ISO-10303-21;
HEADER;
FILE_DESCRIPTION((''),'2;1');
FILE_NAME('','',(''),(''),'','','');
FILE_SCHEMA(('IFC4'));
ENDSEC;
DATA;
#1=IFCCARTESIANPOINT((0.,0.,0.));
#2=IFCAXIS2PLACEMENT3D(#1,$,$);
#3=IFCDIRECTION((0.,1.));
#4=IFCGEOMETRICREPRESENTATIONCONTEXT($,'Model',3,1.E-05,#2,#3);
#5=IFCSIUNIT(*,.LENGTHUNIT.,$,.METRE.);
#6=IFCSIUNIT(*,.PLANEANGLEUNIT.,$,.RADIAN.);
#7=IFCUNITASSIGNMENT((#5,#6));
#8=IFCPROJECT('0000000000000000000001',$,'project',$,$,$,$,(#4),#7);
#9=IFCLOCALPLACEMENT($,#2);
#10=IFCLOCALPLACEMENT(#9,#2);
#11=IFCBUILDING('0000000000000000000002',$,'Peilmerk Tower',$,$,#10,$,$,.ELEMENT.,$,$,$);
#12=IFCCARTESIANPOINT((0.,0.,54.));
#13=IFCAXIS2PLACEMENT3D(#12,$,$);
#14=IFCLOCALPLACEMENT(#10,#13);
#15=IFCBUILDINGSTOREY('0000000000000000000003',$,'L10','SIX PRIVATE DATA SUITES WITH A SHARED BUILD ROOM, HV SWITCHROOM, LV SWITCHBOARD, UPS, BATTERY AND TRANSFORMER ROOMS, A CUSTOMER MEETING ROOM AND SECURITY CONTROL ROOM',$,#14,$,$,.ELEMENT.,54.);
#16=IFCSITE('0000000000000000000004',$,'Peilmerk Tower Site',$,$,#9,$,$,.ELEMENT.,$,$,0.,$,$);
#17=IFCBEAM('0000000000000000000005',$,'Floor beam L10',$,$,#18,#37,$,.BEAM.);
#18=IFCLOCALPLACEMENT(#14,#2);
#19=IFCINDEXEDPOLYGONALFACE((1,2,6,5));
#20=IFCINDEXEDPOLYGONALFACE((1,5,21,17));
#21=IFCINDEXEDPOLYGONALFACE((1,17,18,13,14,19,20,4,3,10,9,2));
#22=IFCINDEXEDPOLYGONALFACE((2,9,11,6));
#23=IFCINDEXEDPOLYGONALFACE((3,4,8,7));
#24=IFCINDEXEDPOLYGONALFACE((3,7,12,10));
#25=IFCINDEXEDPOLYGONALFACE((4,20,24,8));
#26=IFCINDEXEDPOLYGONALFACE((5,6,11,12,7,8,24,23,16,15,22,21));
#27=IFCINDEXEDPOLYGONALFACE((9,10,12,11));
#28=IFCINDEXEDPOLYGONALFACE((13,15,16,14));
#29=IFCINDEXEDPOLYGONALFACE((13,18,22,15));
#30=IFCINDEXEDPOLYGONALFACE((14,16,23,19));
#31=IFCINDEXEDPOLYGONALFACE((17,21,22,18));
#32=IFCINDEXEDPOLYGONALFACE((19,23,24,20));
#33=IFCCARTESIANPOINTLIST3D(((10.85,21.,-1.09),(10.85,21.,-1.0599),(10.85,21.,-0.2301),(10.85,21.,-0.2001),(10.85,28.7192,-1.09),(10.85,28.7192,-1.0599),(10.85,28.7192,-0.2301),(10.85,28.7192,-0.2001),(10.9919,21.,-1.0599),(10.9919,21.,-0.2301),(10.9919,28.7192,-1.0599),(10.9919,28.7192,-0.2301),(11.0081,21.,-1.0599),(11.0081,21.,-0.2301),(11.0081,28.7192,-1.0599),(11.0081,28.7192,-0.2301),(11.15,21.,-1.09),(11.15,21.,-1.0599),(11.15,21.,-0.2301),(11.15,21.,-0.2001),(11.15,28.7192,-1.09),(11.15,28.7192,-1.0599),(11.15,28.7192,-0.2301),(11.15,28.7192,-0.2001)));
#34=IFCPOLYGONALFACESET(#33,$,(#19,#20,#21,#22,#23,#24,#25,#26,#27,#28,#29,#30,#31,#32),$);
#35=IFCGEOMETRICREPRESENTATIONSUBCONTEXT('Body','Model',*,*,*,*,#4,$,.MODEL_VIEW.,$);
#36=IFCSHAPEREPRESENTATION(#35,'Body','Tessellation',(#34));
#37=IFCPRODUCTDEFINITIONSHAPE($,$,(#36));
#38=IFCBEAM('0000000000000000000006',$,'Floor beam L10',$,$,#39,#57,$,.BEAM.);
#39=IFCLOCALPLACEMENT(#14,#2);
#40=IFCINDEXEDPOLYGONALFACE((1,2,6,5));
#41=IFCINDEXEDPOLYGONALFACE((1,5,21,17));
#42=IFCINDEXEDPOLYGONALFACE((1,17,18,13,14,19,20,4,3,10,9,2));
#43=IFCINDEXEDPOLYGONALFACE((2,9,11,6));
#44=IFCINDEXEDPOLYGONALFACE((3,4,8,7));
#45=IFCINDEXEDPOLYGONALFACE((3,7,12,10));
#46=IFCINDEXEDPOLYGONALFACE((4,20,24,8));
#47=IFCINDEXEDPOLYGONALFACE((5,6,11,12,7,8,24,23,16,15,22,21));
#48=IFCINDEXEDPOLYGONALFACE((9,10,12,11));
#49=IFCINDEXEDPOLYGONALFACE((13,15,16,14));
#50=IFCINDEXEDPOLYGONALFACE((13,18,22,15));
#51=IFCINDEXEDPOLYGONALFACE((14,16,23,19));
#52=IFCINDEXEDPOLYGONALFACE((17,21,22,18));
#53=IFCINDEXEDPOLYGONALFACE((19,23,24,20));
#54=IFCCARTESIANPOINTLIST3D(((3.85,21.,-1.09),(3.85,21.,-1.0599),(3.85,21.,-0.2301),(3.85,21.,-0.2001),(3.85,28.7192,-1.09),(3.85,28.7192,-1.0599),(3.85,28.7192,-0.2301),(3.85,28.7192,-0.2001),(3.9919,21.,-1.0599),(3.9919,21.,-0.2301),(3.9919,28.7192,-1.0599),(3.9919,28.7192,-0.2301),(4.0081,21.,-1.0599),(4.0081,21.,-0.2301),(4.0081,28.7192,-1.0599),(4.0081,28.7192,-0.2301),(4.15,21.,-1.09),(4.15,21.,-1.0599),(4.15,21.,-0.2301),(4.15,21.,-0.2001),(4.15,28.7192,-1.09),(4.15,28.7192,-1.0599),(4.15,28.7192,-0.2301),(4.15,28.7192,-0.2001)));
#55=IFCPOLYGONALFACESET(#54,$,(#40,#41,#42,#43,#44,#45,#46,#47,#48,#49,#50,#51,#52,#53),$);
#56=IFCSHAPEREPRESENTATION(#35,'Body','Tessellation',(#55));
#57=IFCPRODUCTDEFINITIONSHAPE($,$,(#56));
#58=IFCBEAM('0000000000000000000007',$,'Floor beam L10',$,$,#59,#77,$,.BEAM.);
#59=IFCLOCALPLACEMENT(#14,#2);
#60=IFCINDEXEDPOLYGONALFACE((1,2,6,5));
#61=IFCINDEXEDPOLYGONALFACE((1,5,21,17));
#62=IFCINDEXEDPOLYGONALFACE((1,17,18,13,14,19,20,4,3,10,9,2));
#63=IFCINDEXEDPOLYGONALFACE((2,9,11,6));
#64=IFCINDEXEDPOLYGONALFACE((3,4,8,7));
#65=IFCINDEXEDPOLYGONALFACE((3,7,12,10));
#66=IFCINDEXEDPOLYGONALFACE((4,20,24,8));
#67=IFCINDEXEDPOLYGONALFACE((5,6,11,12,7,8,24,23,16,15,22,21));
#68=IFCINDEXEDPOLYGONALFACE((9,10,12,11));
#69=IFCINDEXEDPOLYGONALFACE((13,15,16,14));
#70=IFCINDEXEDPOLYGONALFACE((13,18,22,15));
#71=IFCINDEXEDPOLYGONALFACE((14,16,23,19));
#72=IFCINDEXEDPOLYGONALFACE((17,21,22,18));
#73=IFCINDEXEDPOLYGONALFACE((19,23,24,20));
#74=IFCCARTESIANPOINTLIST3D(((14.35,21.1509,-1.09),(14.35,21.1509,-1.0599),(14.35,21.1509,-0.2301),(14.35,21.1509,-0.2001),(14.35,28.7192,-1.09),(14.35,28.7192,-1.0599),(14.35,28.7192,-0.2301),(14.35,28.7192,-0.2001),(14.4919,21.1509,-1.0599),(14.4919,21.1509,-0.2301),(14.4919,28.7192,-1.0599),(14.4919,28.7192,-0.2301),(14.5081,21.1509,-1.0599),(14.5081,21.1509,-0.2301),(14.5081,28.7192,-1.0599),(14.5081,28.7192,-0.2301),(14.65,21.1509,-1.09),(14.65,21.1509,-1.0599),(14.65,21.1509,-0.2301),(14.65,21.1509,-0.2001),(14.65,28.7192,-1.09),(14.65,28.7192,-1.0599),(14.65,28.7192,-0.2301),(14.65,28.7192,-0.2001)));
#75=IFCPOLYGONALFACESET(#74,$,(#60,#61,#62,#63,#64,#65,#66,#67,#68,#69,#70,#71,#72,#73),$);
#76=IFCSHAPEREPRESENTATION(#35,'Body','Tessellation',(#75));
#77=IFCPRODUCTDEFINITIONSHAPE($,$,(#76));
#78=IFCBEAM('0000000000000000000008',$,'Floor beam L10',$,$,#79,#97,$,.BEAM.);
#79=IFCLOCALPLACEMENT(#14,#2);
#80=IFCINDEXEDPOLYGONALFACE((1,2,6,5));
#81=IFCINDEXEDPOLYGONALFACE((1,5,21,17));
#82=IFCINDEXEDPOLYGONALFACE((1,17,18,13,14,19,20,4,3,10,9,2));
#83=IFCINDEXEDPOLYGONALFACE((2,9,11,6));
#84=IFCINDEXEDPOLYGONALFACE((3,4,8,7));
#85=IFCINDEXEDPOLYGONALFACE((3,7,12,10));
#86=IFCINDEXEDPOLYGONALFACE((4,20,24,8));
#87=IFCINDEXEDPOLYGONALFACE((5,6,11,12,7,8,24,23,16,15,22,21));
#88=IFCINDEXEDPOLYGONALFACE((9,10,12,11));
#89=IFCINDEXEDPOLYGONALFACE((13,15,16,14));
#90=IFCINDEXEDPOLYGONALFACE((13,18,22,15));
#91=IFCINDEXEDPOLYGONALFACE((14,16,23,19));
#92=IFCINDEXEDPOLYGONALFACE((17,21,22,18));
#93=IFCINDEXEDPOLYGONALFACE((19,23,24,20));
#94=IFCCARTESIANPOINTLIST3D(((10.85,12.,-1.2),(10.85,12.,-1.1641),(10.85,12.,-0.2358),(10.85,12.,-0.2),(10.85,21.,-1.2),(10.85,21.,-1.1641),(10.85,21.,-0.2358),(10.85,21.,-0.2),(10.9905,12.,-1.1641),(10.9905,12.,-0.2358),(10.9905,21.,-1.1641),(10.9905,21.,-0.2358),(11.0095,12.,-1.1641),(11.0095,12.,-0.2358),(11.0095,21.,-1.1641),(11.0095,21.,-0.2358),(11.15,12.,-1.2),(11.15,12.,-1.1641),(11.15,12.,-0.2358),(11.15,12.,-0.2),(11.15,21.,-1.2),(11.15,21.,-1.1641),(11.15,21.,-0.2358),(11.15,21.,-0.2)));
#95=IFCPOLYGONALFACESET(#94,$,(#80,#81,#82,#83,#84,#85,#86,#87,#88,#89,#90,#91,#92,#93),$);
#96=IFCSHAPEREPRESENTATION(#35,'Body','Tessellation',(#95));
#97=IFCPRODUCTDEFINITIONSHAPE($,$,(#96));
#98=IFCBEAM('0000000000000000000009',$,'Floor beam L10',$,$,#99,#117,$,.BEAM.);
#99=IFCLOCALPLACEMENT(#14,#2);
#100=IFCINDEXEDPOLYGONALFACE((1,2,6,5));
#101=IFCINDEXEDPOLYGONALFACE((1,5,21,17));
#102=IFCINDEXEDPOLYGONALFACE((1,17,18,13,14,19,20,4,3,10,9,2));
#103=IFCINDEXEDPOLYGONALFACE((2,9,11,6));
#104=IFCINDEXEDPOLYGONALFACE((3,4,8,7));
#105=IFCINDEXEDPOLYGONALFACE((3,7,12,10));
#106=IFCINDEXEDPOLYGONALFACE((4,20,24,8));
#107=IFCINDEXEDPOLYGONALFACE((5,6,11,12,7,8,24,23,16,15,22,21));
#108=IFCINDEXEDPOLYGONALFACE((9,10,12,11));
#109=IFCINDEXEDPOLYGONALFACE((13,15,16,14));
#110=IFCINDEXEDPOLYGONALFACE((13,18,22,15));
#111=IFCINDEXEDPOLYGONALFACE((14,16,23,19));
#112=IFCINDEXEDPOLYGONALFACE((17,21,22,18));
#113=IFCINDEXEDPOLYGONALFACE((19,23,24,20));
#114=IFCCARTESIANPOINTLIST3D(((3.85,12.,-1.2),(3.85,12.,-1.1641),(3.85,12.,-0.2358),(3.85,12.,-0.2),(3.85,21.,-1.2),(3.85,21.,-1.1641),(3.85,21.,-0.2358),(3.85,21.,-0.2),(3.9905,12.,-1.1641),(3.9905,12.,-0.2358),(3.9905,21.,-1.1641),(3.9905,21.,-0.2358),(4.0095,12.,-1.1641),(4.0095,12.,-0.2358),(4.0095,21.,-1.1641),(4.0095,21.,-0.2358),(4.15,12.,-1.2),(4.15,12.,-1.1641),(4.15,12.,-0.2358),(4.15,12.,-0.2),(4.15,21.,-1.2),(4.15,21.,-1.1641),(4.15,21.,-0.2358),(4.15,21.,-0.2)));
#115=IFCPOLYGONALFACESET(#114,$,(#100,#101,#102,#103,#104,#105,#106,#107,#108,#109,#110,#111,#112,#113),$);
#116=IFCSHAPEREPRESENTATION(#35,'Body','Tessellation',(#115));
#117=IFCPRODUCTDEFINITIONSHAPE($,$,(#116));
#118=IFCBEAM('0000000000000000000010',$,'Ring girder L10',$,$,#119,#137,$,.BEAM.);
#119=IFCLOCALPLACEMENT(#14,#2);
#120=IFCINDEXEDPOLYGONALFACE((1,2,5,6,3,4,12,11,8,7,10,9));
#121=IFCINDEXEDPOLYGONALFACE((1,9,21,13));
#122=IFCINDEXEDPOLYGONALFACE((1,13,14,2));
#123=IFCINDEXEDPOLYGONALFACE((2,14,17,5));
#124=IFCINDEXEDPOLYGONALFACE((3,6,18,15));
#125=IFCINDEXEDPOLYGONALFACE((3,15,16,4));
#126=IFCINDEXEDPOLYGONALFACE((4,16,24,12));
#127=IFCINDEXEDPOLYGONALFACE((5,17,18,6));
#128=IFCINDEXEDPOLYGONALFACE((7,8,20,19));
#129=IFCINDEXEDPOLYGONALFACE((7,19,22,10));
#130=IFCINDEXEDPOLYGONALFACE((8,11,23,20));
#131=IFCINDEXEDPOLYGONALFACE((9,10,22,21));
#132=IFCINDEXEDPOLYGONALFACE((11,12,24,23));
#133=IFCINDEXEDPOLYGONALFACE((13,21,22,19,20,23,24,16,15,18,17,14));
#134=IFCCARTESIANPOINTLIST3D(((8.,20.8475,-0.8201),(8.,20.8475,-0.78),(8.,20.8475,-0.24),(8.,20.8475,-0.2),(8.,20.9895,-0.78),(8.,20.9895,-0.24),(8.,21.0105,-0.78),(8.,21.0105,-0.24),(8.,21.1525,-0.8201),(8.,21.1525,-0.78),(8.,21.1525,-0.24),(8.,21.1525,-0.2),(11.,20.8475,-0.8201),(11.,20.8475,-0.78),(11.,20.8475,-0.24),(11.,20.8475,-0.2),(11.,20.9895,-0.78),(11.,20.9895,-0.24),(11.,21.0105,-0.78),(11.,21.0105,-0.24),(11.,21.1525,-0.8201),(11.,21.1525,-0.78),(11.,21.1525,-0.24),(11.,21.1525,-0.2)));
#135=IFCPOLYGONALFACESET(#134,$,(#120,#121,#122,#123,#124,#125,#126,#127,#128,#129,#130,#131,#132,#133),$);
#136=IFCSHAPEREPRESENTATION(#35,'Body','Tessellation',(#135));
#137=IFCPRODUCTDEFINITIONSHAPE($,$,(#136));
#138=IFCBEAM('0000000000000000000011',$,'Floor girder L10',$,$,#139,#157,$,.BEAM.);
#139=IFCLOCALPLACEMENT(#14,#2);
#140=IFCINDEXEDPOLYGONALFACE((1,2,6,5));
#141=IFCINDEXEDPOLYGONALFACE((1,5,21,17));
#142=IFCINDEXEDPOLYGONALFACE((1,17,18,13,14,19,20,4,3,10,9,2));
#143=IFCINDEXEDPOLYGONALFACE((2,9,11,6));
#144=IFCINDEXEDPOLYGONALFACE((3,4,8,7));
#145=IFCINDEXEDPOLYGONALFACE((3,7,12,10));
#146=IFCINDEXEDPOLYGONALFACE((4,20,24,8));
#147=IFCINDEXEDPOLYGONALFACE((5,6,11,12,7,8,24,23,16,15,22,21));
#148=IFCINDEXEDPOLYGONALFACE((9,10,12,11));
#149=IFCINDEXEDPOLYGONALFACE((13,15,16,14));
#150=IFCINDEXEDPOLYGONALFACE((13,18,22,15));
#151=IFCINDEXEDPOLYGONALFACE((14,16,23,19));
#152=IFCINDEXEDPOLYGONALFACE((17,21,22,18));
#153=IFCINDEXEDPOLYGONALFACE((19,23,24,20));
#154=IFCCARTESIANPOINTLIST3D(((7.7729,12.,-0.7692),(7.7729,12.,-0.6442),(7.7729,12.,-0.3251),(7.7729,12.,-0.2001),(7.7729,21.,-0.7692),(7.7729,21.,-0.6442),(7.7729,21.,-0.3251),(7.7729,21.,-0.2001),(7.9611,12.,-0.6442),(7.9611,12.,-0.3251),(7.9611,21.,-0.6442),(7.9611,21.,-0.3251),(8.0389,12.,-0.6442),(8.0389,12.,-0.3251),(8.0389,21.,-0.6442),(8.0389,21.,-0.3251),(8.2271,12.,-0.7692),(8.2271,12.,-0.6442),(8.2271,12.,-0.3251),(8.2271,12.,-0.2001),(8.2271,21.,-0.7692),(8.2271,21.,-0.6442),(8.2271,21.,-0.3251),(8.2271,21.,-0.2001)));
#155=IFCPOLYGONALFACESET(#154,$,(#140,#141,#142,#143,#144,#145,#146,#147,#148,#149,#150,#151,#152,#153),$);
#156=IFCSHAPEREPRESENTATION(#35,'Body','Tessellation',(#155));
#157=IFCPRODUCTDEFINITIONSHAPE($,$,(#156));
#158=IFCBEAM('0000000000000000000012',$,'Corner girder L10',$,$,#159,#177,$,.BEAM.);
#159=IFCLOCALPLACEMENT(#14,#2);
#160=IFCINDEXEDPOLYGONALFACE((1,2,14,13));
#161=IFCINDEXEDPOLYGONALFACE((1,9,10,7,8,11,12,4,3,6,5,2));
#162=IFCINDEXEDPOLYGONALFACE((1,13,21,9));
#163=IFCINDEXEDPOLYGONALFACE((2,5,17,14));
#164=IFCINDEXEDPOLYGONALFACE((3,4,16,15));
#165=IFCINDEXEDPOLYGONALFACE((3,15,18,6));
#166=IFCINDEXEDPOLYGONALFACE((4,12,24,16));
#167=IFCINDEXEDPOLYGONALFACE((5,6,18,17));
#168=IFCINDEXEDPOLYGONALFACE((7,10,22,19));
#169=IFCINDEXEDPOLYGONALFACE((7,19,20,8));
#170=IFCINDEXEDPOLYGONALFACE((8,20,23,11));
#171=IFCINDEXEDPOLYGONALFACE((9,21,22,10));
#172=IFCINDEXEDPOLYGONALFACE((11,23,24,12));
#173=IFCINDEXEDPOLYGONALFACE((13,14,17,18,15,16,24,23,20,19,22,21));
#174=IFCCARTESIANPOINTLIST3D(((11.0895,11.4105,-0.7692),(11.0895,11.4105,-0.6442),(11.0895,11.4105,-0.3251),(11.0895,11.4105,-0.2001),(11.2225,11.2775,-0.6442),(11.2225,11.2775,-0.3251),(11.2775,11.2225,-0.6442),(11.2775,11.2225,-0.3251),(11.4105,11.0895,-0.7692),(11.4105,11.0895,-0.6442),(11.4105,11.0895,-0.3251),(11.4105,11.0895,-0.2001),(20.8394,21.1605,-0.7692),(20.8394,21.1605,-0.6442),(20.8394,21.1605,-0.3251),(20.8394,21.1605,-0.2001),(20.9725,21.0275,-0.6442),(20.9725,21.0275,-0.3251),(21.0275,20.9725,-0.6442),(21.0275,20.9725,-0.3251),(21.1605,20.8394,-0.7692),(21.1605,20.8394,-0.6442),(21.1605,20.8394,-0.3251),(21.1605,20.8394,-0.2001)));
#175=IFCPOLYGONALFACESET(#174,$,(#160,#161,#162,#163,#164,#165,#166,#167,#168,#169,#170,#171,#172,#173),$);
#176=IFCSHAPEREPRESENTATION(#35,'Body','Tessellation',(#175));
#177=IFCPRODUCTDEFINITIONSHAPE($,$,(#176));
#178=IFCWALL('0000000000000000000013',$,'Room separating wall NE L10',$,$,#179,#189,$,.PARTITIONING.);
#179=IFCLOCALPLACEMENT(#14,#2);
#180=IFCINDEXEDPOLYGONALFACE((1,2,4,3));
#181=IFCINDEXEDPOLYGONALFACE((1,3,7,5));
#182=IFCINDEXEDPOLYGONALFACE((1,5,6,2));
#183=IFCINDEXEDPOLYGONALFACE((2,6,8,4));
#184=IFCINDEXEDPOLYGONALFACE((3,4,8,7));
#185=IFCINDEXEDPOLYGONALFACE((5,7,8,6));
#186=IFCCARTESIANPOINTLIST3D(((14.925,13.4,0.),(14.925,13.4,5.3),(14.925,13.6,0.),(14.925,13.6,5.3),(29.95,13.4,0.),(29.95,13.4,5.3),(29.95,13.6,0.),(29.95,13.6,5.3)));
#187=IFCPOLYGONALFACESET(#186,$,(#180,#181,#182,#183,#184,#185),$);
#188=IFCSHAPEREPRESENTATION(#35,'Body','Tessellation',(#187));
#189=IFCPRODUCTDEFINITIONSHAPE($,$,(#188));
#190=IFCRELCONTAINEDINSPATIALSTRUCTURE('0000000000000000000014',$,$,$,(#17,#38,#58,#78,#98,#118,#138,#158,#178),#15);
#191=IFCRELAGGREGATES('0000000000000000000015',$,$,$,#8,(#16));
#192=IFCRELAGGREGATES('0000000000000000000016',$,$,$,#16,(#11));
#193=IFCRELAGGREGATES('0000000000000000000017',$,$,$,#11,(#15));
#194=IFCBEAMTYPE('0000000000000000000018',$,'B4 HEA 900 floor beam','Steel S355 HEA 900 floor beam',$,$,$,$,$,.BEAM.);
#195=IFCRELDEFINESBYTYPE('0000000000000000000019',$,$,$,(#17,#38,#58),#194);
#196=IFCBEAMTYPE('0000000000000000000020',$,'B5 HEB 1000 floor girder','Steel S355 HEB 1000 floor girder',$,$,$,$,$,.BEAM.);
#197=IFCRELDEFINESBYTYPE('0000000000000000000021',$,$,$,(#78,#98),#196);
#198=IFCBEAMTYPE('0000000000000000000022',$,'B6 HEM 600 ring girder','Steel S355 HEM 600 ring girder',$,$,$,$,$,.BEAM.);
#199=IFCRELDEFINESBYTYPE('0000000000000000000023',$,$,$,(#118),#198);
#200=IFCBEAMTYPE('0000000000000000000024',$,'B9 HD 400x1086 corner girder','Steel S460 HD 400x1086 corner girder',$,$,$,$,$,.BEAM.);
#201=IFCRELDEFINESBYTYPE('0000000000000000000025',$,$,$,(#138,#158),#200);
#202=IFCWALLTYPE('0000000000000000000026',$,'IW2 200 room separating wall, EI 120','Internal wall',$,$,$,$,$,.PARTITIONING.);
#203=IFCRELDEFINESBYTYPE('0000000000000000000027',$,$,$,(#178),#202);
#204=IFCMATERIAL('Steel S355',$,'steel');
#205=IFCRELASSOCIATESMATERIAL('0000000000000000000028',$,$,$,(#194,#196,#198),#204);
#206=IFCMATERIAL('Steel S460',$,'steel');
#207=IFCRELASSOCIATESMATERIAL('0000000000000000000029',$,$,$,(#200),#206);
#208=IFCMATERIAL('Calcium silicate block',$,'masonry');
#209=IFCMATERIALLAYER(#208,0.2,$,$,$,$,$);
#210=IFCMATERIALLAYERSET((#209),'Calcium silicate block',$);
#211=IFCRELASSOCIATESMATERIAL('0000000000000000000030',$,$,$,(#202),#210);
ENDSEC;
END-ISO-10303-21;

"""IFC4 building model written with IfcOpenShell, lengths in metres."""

from ifc_helpers import new_model, si_unit, direction, frame, frame_2d, origin, origin_2d, place, context, subcontext, project, spatial, rectangle, i_section, extrude, material, layer, layer_set, material_profile, profile_set, type_object, element, save


model = new_model("IFC4")

# Units and contexts
model_context = context("Model", 3, precision=1e-05, world=origin(), true_north=direction((0.0, 1.0)))
body_context = subcontext(model_context, "Body", "Model", "MODEL_VIEW")
ifc_project = project(units=[si_unit("LENGTHUNIT", "METRE"), si_unit("PLANEANGLEUNIT", "RADIAN")], contexts=[model_context])

# Site, building, storey
site_placement = place(None, origin())
site = spatial("IfcSite", under=ifc_project, at=site_placement, Name="Peilmerk Tower Site", CompositionType="ELEMENT", RefElevation=0.0)
building_placement = place(site_placement, origin())
building = spatial("IfcBuilding", under=site, at=building_placement, Name="Peilmerk Tower", CompositionType="ELEMENT")
storey_placement = place(building_placement, frame((0.0, 0.0, 54.0)))
storey = spatial("IfcBuildingStorey", under=building, at=storey_placement, Name="L10", Description="SIX PRIVATE DATA SUITES WITH A SHARED BUILD ROOM, HV SWITCHROOM, LV SWITCHBOARD, UPS, BATTERY AND TRANSFORMER ROOMS, A CUSTOMER MEETING ROOM AND SECURITY CONTROL ROOM", CompositionType="ELEMENT", Elevation=54.0)

# Beams
ifc_material_1 = material(Name="Steel S355", Category="steel")
ifc_material_profile_1 = material_profile(ifc_material_1, i_section(OverallWidth=0.3, OverallDepth=0.8899, WebThickness=0.0161, FlangeThickness=0.03, at=origin_2d()), Name="HEA 900")
ifc_profile_set_1 = profile_set([ifc_material_profile_1], Name="Steel S355")
beam_type_1 = type_object("IfcBeamType", Name="B4 HEA 900 floor beam", Description="Steel S355 HEA 900 floor beam", PredefinedType="BEAM", material=ifc_profile_set_1)
for number, where, z_axis, x_axis, name in (
    (1, (11.0, 21.0, -0.645), (0.0, 1.0, 0.0), (-1.0, 0.0, 0.0), "Floor beam L10"),
    (2, (4.0, 21.0, -0.645), (0.0, 1.0, 0.0), (-1.0, 0.0, 0.0), "Floor beam L10"),
):
    element("IfcBeam", number, at=place(storey_placement, frame(where, z_axis=z_axis, x_axis=x_axis)), inside=storey, type_object=beam_type_1, Name=name, PredefinedType="BEAM", context=body_context, shape_type="SweptSolid", body=[
        extrude(i_section(OverallWidth=0.3, OverallDepth=0.8899, WebThickness=0.0161, FlangeThickness=0.03, at=origin_2d()), origin(), (0.0, 0.0, 1.0), 7.7192),
    ])
beam_1_placement = place(storey_placement, frame((14.5, 21.1509, -0.645), z_axis=(0.0, 1.0, 0.0), x_axis=(-1.0, 0.0, 0.0)))
element("IfcBeam", 3, at=beam_1_placement, inside=storey, type_object=beam_type_1, Name="Floor beam L10", PredefinedType="BEAM", context=body_context, shape_type="SweptSolid", body=[
    extrude(i_section(OverallWidth=0.3, OverallDepth=0.8899, WebThickness=0.0161, FlangeThickness=0.03, at=origin_2d()), origin(), (0.0, 0.0, 1.0), 7.5684),
])
ifc_material_profile_2 = material_profile(ifc_material_1, i_section(OverallWidth=0.3, OverallDepth=1.0, WebThickness=0.019, FlangeThickness=0.0359, at=origin_2d()), Name="HEB 1000")
ifc_profile_set_2 = profile_set([ifc_material_profile_2], Name="Steel S355")
beam_type_2 = type_object("IfcBeamType", Name="B5 HEB 1000 floor girder", Description="Steel S355 HEB 1000 floor girder", PredefinedType="BEAM", material=ifc_profile_set_2)
for number, where, z_axis, x_axis, name in (
    (4, (11.0, 12.0, -0.7), (0.0, 1.0, 0.0), (-1.0, 0.0, 0.0), "Floor beam L10"),
    (5, (4.0, 12.0, -0.7), (0.0, 1.0, 0.0), (-1.0, 0.0, 0.0), "Floor beam L10"),
):
    element("IfcBeam", number, at=place(storey_placement, frame(where, z_axis=z_axis, x_axis=x_axis)), inside=storey, type_object=beam_type_2, Name=name, PredefinedType="BEAM", context=body_context, shape_type="SweptSolid", body=[
        extrude(i_section(OverallWidth=0.3, OverallDepth=1.0, WebThickness=0.019, FlangeThickness=0.0359, at=origin_2d()), origin(), (0.0, 0.0, 1.0), 9.0),
    ])
ifc_material_profile_3 = material_profile(ifc_material_1, i_section(OverallWidth=0.3049, OverallDepth=0.6201, WebThickness=0.021, FlangeThickness=0.04, at=origin_2d()), Name="HEM 600")
ifc_profile_set_3 = profile_set([ifc_material_profile_3], Name="Steel S355")
beam_type_3 = type_object("IfcBeamType", Name="B6 HEM 600 ring girder", Description="Steel S355 HEM 600 ring girder", PredefinedType="BEAM", material=ifc_profile_set_3)
beam_2_placement = place(storey_placement, frame((11.0, 21.0, -0.51), z_axis=(-1.0, 0.0, 0.0), x_axis=(0.0, -1.0, 0.0)))
element("IfcBeam", 6, at=beam_2_placement, inside=storey, type_object=beam_type_3, Name="Ring girder L10", PredefinedType="BEAM", context=body_context, shape_type="SweptSolid", body=[
    extrude(i_section(OverallWidth=0.3049, OverallDepth=0.6201, WebThickness=0.021, FlangeThickness=0.04, at=origin_2d()), origin(), (0.0, 0.0, 1.0), 3.0),
])
ifc_material_2 = material(Name="Steel S460", Category="steel")
ifc_material_profile_4 = material_profile(ifc_material_2, i_section(OverallWidth=0.4541, OverallDepth=0.5691, WebThickness=0.0779, FlangeThickness=0.125, at=origin_2d()), Name="HD 400x1086")
ifc_profile_set_4 = profile_set([ifc_material_profile_4], Name="Steel S460")
beam_type_4 = type_object("IfcBeamType", Name="B9 HD 400x1086 corner girder", Description="Steel S460 HD 400x1086 corner girder", PredefinedType="BEAM", material=ifc_profile_set_4)
beam_3_placement = place(storey_placement, frame((8.0, 12.0, -0.4846), z_axis=(0.0, 1.0, 0.0), x_axis=(-1.0, 0.0, 0.0)))
element("IfcBeam", 7, at=beam_3_placement, inside=storey, type_object=beam_type_4, Name="Floor girder L10", PredefinedType="BEAM", context=body_context, shape_type="SweptSolid", body=[
    extrude(i_section(OverallWidth=0.4541, OverallDepth=0.5691, WebThickness=0.0779, FlangeThickness=0.125, at=origin_2d()), origin(), (0.0, 0.0, 1.0), 9.0),
])
beam_4_placement = place(storey_placement, frame((11.25, 11.25, -0.4846), z_axis=(0.707107, 0.707107, 0.0), x_axis=(-0.707107, 0.707107, 0.0)))
element("IfcBeam", 8, at=beam_4_placement, inside=storey, type_object=beam_type_4, Name="Corner girder L10", PredefinedType="BEAM", context=body_context, shape_type="SweptSolid", body=[
    extrude(i_section(OverallWidth=0.4541, OverallDepth=0.5691, WebThickness=0.0779, FlangeThickness=0.125, at=origin_2d()), origin(), (0.0, 0.0, 1.0), 13.7886),
])

# Wall
ifc_material_3 = material(Name="Calcium silicate block", Category="masonry")
ifc_layer = layer(ifc_material_3, 0.2)
ifc_layer_set = layer_set([ifc_layer], Name="Calcium silicate block")
wall_type = type_object("IfcWallType", Name="IW2 200 room separating wall, EI 120", Description="Internal wall", PredefinedType="PARTITIONING", material=ifc_layer_set)
wall_1_placement = place(storey_placement, frame((14.925, 13.5, 0.0), z_axis=(0.0, 0.0, 1.0), x_axis=(1.0, 0.0, 0.0)))
element("IfcWall", 9, at=wall_1_placement, inside=storey, type_object=wall_type, Name="Room separating wall NE L10", PredefinedType="PARTITIONING", context=body_context, shape_type="SweptSolid", body=[
    extrude(rectangle(XDim=15.0249, YDim=0.2, at=frame_2d((7.5125, 0.0))), origin(), (0.0, 0.0, 1.0), 5.3),
])

save(model, "model.ifc")
